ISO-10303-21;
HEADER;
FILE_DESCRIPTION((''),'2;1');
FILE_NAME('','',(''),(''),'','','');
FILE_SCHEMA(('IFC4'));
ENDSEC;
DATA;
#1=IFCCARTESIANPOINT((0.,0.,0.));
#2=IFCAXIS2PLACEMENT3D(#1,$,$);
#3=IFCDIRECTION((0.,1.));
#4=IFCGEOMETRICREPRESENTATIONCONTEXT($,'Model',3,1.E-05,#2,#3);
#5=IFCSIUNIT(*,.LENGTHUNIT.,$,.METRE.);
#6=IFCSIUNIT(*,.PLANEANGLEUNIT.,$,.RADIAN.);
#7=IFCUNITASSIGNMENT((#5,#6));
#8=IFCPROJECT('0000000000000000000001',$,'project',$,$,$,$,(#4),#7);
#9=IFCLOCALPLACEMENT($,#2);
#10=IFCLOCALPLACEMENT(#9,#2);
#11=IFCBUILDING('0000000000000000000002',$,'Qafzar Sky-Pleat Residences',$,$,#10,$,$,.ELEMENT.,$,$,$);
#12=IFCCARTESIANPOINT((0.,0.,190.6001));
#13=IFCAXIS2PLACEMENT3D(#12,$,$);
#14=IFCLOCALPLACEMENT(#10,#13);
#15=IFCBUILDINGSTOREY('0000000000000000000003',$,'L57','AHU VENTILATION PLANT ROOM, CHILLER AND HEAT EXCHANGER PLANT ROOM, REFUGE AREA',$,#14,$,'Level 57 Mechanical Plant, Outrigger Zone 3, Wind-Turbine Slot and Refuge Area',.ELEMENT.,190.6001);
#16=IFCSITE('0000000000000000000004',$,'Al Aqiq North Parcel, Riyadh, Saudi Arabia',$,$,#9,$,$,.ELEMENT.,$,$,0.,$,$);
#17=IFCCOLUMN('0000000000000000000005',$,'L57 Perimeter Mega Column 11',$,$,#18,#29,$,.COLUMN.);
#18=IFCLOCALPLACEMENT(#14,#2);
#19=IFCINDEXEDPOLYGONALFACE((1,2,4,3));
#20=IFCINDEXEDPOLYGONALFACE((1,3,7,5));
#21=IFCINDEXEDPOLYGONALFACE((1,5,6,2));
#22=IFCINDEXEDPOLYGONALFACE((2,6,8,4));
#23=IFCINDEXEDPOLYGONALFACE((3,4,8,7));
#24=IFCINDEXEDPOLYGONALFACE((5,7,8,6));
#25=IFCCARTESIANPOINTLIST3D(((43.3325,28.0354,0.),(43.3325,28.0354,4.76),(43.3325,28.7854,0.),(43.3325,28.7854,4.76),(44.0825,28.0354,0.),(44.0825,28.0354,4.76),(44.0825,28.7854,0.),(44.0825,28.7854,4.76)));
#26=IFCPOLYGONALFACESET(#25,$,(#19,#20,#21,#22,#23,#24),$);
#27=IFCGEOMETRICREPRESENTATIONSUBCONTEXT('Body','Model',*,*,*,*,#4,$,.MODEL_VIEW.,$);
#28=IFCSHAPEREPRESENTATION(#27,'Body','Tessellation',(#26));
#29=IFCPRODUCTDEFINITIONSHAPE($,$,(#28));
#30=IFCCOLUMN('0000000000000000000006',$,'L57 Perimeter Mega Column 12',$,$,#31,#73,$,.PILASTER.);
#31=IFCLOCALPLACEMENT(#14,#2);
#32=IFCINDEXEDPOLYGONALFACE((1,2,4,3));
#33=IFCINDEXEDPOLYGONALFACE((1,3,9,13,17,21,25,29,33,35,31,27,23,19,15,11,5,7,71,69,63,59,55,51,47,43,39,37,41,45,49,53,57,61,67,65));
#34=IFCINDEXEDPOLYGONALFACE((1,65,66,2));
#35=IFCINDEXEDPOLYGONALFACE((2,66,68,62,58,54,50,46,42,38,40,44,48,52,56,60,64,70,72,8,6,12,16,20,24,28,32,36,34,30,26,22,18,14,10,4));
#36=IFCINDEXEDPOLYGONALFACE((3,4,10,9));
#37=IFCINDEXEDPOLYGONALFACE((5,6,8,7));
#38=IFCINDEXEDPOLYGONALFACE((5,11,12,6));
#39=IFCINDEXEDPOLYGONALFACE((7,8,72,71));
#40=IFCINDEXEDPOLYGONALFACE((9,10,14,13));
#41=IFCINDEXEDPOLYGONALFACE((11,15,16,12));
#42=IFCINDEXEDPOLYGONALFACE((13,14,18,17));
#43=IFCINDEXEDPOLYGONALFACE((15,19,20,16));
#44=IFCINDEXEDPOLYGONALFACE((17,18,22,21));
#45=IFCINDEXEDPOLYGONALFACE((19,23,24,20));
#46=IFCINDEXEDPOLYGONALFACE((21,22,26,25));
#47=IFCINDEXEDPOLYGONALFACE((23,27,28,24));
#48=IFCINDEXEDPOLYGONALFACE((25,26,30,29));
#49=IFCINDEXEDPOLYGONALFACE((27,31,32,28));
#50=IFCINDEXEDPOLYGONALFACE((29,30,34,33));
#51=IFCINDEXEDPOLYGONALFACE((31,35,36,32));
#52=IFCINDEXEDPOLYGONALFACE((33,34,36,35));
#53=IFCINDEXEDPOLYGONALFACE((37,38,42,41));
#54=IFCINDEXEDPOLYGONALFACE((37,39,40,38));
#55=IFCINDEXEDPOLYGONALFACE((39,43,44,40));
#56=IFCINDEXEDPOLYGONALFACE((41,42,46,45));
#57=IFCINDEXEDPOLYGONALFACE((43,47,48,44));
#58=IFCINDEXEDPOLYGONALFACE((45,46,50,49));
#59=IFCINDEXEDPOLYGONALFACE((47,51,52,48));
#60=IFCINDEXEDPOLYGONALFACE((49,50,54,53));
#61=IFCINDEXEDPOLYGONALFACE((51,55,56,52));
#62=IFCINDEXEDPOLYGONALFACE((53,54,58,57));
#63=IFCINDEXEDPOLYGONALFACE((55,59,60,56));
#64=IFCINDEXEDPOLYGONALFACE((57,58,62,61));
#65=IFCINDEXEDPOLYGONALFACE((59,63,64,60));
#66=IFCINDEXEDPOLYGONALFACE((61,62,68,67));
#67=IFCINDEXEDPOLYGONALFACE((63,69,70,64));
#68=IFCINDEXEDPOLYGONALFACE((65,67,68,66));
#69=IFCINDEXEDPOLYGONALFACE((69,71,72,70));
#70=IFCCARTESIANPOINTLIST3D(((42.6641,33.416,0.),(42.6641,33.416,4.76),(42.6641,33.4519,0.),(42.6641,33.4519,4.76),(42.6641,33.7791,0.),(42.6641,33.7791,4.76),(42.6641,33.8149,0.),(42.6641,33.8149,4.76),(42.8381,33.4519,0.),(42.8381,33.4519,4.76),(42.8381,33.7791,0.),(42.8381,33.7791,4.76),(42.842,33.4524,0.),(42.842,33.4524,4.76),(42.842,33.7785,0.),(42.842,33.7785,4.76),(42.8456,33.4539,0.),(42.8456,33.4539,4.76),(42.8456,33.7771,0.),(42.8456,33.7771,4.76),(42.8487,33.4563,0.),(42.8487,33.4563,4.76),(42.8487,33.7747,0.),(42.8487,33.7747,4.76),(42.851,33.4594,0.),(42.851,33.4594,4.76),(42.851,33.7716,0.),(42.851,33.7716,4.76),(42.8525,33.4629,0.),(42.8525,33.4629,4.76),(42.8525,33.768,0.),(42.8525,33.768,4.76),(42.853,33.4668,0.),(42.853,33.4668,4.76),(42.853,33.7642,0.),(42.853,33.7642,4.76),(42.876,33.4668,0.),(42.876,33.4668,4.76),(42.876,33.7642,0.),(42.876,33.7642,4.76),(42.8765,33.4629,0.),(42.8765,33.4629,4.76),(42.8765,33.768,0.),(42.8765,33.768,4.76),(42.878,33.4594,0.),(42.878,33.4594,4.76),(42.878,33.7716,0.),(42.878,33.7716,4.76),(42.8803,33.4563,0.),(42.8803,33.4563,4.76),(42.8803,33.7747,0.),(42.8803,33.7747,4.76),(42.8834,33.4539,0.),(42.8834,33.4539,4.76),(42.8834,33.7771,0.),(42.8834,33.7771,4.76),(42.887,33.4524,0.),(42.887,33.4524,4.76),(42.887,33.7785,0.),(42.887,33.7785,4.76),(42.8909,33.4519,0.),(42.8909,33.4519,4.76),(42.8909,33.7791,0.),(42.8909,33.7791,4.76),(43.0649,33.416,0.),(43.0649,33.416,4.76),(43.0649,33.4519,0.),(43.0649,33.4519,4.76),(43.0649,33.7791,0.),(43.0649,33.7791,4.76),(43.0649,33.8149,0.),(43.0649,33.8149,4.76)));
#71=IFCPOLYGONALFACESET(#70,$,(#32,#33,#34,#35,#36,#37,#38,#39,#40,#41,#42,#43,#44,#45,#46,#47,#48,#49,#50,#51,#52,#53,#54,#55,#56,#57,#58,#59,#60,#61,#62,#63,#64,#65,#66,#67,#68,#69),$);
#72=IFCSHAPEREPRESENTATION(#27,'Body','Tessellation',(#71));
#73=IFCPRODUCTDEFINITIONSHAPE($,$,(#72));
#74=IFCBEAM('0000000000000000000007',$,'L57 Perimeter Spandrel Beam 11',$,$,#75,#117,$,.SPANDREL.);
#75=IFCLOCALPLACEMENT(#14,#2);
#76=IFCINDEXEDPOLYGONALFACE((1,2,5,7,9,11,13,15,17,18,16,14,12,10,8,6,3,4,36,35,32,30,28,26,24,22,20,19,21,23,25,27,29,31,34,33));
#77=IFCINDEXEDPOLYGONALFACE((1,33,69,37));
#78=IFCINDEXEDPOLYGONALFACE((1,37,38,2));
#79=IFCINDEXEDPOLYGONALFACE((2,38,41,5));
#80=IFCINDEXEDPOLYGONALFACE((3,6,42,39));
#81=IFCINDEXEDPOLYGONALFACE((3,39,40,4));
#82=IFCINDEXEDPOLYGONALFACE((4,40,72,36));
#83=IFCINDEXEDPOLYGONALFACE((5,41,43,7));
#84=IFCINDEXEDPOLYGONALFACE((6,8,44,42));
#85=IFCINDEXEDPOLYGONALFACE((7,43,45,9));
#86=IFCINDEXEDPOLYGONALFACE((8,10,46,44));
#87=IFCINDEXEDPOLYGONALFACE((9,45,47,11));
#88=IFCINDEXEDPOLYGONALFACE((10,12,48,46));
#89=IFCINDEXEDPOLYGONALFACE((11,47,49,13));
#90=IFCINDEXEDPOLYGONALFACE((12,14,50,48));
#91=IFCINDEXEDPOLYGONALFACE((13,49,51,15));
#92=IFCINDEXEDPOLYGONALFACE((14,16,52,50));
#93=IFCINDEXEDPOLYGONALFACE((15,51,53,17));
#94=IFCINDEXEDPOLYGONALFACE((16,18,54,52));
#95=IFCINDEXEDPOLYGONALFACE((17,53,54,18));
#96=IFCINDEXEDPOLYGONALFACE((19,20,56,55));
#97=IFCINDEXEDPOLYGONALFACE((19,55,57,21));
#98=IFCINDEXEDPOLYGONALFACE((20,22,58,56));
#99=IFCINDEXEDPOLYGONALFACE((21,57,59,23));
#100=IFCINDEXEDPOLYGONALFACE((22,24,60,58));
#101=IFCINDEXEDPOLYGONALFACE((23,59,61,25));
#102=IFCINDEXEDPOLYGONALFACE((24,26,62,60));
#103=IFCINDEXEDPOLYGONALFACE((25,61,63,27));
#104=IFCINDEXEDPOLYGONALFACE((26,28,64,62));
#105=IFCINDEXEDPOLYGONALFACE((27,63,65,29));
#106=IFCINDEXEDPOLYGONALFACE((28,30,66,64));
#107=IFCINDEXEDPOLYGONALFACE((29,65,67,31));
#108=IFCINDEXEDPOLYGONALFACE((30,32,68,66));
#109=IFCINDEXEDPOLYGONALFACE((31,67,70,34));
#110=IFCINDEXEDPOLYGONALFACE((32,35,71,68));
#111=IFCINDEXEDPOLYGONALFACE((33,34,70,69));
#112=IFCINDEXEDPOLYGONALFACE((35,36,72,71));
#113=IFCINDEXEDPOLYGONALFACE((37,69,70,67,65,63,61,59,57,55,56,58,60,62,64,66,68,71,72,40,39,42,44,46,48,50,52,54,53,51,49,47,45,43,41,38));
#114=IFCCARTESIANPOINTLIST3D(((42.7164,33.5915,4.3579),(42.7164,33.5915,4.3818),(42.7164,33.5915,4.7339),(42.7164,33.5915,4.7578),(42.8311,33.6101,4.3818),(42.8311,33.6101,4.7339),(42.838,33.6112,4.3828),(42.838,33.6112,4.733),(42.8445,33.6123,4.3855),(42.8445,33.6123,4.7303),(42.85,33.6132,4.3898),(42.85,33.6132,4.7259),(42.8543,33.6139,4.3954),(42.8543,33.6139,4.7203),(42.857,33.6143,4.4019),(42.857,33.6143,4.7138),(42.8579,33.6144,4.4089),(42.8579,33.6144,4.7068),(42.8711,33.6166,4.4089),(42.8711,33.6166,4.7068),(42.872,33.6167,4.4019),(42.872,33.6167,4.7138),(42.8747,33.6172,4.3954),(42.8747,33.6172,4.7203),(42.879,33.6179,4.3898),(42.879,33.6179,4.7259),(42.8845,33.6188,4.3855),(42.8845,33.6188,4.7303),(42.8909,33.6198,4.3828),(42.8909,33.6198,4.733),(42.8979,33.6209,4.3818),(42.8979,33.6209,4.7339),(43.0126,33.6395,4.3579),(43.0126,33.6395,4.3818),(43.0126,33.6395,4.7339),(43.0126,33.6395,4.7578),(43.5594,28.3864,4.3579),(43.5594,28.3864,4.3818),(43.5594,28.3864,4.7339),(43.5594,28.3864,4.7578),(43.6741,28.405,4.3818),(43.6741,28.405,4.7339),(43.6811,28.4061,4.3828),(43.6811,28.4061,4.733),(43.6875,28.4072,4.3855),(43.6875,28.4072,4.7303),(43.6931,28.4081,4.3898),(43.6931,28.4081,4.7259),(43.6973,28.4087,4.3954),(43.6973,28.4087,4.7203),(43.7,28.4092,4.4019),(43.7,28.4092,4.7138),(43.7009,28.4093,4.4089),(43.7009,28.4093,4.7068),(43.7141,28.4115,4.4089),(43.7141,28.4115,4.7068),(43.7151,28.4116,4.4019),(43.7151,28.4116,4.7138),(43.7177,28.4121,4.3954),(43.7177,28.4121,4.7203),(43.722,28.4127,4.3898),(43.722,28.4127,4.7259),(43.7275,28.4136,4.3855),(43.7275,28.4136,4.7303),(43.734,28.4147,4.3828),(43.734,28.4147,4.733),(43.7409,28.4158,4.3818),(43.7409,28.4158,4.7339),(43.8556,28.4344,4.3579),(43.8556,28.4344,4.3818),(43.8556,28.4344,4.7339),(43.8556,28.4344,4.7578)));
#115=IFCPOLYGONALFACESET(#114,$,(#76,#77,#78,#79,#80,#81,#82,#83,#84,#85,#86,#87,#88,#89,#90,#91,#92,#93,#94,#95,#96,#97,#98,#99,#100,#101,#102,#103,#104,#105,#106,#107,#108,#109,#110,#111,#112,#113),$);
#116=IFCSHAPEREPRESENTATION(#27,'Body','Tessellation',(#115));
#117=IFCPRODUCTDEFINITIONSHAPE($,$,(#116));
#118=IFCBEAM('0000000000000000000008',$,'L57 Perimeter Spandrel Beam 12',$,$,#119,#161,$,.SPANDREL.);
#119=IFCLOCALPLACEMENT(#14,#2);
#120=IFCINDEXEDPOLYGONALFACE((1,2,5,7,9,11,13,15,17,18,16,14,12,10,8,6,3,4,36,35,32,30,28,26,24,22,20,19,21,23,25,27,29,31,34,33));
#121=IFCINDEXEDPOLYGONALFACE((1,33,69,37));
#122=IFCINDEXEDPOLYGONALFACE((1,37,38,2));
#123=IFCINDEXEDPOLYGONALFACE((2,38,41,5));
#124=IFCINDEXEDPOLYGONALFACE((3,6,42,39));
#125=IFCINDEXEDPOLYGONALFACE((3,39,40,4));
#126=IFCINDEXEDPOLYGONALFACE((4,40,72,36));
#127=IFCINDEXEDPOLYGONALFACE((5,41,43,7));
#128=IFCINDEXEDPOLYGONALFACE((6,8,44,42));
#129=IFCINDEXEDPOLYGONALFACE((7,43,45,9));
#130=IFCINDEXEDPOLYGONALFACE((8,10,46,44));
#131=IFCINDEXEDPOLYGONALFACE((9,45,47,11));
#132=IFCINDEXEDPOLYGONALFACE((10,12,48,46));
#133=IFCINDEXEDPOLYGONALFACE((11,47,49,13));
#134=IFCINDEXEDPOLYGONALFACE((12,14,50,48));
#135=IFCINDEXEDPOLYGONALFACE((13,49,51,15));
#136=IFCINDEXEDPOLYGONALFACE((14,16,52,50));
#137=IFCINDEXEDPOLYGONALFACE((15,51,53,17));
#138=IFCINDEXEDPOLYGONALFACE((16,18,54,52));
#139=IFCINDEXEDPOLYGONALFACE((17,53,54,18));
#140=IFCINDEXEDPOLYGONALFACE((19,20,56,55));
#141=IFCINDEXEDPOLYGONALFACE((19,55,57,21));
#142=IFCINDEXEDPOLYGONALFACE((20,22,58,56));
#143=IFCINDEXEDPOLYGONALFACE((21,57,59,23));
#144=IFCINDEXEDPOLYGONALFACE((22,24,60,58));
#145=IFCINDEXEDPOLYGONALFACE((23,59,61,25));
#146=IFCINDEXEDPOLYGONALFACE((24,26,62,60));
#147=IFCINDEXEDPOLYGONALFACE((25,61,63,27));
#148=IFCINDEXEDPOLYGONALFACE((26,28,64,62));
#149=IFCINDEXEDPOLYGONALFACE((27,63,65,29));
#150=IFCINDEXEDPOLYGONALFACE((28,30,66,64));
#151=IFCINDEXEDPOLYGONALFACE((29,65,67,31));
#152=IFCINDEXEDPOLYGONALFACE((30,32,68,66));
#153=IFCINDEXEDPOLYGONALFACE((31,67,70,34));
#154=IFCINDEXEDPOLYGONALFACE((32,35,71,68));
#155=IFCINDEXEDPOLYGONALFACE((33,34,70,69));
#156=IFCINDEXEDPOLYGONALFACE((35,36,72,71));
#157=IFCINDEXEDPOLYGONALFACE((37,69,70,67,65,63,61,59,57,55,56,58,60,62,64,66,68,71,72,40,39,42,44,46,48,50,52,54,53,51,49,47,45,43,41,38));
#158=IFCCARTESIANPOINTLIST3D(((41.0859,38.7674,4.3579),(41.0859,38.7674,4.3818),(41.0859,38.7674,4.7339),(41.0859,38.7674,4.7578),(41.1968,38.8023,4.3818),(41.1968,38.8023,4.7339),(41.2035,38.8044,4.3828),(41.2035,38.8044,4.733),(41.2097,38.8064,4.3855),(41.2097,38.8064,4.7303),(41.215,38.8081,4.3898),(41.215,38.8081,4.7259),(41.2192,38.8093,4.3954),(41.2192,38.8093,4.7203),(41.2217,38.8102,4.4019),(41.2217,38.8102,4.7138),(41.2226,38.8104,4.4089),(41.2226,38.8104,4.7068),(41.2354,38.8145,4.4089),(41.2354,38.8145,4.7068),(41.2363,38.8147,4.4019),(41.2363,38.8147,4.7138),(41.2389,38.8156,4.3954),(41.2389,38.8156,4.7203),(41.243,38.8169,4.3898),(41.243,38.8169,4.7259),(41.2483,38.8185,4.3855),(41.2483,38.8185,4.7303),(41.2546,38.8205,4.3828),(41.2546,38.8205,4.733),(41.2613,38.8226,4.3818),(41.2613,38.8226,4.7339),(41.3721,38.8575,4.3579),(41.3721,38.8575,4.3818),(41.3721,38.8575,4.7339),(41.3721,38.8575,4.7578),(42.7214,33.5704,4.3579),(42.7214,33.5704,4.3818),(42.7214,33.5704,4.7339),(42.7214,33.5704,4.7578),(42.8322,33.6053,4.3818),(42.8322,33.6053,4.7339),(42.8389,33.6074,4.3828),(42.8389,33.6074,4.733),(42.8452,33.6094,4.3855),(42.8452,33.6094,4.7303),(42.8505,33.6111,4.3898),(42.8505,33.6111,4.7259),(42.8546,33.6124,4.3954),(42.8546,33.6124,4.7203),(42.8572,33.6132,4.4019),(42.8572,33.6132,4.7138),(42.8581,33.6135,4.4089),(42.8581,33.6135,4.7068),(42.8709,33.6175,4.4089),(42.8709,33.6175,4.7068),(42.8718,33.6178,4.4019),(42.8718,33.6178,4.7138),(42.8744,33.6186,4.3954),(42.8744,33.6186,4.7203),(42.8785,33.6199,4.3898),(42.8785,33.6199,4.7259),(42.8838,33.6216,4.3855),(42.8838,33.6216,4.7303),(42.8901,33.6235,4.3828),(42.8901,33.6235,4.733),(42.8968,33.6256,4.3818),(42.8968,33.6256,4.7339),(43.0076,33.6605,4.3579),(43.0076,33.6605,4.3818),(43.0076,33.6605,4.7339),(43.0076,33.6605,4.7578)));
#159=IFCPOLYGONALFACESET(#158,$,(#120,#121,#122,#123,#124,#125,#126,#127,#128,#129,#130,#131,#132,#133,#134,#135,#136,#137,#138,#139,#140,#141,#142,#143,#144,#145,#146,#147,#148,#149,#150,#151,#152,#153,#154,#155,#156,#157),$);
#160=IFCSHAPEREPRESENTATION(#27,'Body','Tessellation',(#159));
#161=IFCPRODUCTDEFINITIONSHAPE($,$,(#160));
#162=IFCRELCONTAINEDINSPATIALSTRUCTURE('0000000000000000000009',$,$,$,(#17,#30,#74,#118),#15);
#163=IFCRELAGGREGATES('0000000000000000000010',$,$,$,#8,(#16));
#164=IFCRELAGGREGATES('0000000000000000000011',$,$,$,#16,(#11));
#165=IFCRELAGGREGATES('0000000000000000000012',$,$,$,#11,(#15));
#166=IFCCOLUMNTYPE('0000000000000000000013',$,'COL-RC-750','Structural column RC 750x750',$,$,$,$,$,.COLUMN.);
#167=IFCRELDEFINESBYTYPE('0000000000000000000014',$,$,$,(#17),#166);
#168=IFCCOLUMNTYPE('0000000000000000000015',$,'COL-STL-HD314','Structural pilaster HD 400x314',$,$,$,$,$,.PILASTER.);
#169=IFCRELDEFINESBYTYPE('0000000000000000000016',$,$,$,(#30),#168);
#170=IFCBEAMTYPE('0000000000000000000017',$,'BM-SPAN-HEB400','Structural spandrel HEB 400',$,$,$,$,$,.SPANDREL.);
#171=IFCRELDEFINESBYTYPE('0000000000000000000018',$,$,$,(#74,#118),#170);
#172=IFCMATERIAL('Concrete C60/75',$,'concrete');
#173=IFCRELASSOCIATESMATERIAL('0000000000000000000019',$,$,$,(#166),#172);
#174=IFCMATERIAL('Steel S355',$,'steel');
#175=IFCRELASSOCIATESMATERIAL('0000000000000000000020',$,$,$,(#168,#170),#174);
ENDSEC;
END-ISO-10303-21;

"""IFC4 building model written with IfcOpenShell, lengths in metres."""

from ifc_helpers import new_model, si_unit, direction, frame, origin, origin_2d, place, context, subcontext, project, spatial, rectangle, i_section, extrude, source, transform, mapped, material, material_profile, profile_set, type_object, element, save


model = new_model("IFC4")

# Units and contexts
model_context = context("Model", 3, precision=1e-05, world=origin(), true_north=direction((0.0, 1.0)))
body_context = subcontext(model_context, "Body", "Model", "MODEL_VIEW")
ifc_project = project(units=[si_unit("LENGTHUNIT", "METRE"), si_unit("PLANEANGLEUNIT", "RADIAN")], contexts=[model_context])

# Site, building, storey
site_placement = place(None, origin())
site = spatial("IfcSite", under=ifc_project, at=site_placement, Name="Al Aqiq North Parcel, Riyadh, Saudi Arabia", CompositionType="ELEMENT", RefElevation=0.0)
building_placement = place(site_placement, origin())
building = spatial("IfcBuilding", under=site, at=building_placement, Name="Qafzar Sky-Pleat Residences", CompositionType="ELEMENT")
storey_placement = place(building_placement, frame((0.0, 0.0, 190.6001)))
storey = spatial("IfcBuildingStorey", under=building, at=storey_placement, Name="L57", Description="AHU VENTILATION PLANT ROOM, CHILLER AND HEAT EXCHANGER PLANT ROOM, REFUGE AREA", LongName="Level 57 Mechanical Plant, Outrigger Zone 3, Wind-Turbine Slot and Refuge Area", CompositionType="ELEMENT", Elevation=190.6001)

# Columns
ifc_material_1 = material(Name="Concrete C60/75", Category="concrete")
ifc_material_profile_1 = material_profile(ifc_material_1, rectangle(XDim=0.75, YDim=0.75, at=origin_2d()), Name="RC 750x750")
ifc_profile_set_1 = profile_set([ifc_material_profile_1], Name="Concrete C60/75")
column_type_1 = type_object("IfcColumnType", Name="COL-RC-750", Description="Structural column RC 750x750", PredefinedType="COLUMN", material=ifc_profile_set_1)
shared_shape_1 = source(origin(), body_context, "Body", "SweptSolid", [
    extrude(rectangle(XDim=0.75, YDim=0.75, at=origin_2d()), origin(), (0.0, 0.0, 1.0), 4.76),
])
column_1_placement = place(storey_placement, frame((43.7075, 28.4104, 0.0), z_axis=(0.0, 0.0, 1.0), x_axis=(1.0, 0.0, 0.0)))
element("IfcColumn", 1, at=column_1_placement, inside=storey, type_object=column_type_1, Name="L57 Perimeter Mega Column 11", PredefinedType="COLUMN", context=body_context, shape_type="MappedRepresentation", body=[
    mapped(shared_shape_1, transform((0.0, 0.0, 0.0), x_axis=(1.0, 0.0, 0.0), y_axis=(0.0, 1.0, 0.0), z_axis=(0.0, 0.0, 1.0), scale=1.0)),
])
ifc_material_2 = material(Name="Steel S355", Category="steel")
ifc_material_profile_2 = material_profile(ifc_material_2, i_section(OverallWidth=0.4009, OverallDepth=0.3989, WebThickness=0.0229, FlangeThickness=0.0359, FilletRadius=0.0149, at=origin_2d()), Name="HD 400x314")
ifc_profile_set_2 = profile_set([ifc_material_profile_2], Name="Steel S355")
column_type_2 = type_object("IfcColumnType", Name="COL-STL-HD314", Description="Structural pilaster HD 400x314", PredefinedType="PILASTER", material=ifc_profile_set_2)
shared_shape_2 = source(origin(), body_context, "Body", "SweptSolid", [
    extrude(i_section(OverallWidth=0.4009, OverallDepth=0.3989, WebThickness=0.0229, FlangeThickness=0.0359, FilletRadius=0.0149, at=origin_2d()), origin(), (0.0, 0.0, 1.0), 4.76),
])
column_2_placement = place(storey_placement, frame((42.8645, 33.6155, 0.0), z_axis=(0.0, 0.0, 1.0), x_axis=(1.0, 0.0, 0.0)))
element("IfcColumn", 2, at=column_2_placement, inside=storey, type_object=column_type_2, Name="L57 Perimeter Mega Column 12", PredefinedType="PILASTER", context=body_context, shape_type="MappedRepresentation", body=[
    mapped(shared_shape_2, transform((0.0, 0.0, 0.0), x_axis=(1.0, 0.0, 0.0), y_axis=(0.0, 1.0, 0.0), z_axis=(0.0, 0.0, 1.0), scale=1.0)),
])

# Beams
ifc_material_profile_3 = material_profile(ifc_material_2, i_section(OverallWidth=0.3, OverallDepth=0.3999, WebThickness=0.0134, FlangeThickness=0.0239, FilletRadius=0.0271, at=origin_2d()), Name="HEB 400")
ifc_profile_set_3 = profile_set([ifc_material_profile_3], Name="Steel S355")
beam_type_1 = type_object("IfcBeamType", Name="BM-SPAN-HEB400", Description="Structural spandrel HEB 400", PredefinedType="SPANDREL", material=ifc_profile_set_3)
shared_shape_3 = source(origin(), body_context, "Body", "SweptSolid", [
    extrude(i_section(OverallWidth=0.3, OverallDepth=0.3999, WebThickness=0.0134, FlangeThickness=0.0239, FilletRadius=0.0271, at=origin_2d()), origin(), (0.0, 0.0, 1.0), 5.2729),
])
beam_1_placement = place(storey_placement, frame((43.7075, 28.4104, 4.5579), z_axis=(-0.159877, 0.987137, 0.0), x_axis=(-0.987137, -0.159877, 0.0)))
element("IfcBeam", 3, at=beam_1_placement, inside=storey, type_object=beam_type_1, Name="L57 Perimeter Spandrel Beam 11", PredefinedType="SPANDREL", context=body_context, shape_type="MappedRepresentation", body=[
    mapped(shared_shape_3, transform((0.0, 0.0, 0.0), x_axis=(1.0, 0.0, 0.0), y_axis=(0.0, 1.0, 0.0), z_axis=(0.0, 0.0, 1.0), scale=1.0)),
])
shared_shape_4 = source(origin(), body_context, "Body", "SweptSolid", [
    extrude(i_section(OverallWidth=0.3, OverallDepth=0.3999, WebThickness=0.0134, FlangeThickness=0.0239, FilletRadius=0.0271, at=origin_2d()), origin(), (0.0, 0.0, 1.0), 5.4482),
])
beam_2_placement = place(storey_placement, frame((42.8645, 33.6155, 4.5579), z_axis=(-0.300185, 0.953881, 0.0), x_axis=(-0.953881, -0.300185, 0.0)))
element("IfcBeam", 4, at=beam_2_placement, inside=storey, type_object=beam_type_1, Name="L57 Perimeter Spandrel Beam 12", PredefinedType="SPANDREL", context=body_context, shape_type="MappedRepresentation", body=[
    mapped(shared_shape_4, transform((0.0, 0.0, 0.0), x_axis=(1.0, 0.0, 0.0), y_axis=(0.0, 1.0, 0.0), z_axis=(0.0, 0.0, 1.0), scale=1.0)),
])

save(model, "model.ifc")
